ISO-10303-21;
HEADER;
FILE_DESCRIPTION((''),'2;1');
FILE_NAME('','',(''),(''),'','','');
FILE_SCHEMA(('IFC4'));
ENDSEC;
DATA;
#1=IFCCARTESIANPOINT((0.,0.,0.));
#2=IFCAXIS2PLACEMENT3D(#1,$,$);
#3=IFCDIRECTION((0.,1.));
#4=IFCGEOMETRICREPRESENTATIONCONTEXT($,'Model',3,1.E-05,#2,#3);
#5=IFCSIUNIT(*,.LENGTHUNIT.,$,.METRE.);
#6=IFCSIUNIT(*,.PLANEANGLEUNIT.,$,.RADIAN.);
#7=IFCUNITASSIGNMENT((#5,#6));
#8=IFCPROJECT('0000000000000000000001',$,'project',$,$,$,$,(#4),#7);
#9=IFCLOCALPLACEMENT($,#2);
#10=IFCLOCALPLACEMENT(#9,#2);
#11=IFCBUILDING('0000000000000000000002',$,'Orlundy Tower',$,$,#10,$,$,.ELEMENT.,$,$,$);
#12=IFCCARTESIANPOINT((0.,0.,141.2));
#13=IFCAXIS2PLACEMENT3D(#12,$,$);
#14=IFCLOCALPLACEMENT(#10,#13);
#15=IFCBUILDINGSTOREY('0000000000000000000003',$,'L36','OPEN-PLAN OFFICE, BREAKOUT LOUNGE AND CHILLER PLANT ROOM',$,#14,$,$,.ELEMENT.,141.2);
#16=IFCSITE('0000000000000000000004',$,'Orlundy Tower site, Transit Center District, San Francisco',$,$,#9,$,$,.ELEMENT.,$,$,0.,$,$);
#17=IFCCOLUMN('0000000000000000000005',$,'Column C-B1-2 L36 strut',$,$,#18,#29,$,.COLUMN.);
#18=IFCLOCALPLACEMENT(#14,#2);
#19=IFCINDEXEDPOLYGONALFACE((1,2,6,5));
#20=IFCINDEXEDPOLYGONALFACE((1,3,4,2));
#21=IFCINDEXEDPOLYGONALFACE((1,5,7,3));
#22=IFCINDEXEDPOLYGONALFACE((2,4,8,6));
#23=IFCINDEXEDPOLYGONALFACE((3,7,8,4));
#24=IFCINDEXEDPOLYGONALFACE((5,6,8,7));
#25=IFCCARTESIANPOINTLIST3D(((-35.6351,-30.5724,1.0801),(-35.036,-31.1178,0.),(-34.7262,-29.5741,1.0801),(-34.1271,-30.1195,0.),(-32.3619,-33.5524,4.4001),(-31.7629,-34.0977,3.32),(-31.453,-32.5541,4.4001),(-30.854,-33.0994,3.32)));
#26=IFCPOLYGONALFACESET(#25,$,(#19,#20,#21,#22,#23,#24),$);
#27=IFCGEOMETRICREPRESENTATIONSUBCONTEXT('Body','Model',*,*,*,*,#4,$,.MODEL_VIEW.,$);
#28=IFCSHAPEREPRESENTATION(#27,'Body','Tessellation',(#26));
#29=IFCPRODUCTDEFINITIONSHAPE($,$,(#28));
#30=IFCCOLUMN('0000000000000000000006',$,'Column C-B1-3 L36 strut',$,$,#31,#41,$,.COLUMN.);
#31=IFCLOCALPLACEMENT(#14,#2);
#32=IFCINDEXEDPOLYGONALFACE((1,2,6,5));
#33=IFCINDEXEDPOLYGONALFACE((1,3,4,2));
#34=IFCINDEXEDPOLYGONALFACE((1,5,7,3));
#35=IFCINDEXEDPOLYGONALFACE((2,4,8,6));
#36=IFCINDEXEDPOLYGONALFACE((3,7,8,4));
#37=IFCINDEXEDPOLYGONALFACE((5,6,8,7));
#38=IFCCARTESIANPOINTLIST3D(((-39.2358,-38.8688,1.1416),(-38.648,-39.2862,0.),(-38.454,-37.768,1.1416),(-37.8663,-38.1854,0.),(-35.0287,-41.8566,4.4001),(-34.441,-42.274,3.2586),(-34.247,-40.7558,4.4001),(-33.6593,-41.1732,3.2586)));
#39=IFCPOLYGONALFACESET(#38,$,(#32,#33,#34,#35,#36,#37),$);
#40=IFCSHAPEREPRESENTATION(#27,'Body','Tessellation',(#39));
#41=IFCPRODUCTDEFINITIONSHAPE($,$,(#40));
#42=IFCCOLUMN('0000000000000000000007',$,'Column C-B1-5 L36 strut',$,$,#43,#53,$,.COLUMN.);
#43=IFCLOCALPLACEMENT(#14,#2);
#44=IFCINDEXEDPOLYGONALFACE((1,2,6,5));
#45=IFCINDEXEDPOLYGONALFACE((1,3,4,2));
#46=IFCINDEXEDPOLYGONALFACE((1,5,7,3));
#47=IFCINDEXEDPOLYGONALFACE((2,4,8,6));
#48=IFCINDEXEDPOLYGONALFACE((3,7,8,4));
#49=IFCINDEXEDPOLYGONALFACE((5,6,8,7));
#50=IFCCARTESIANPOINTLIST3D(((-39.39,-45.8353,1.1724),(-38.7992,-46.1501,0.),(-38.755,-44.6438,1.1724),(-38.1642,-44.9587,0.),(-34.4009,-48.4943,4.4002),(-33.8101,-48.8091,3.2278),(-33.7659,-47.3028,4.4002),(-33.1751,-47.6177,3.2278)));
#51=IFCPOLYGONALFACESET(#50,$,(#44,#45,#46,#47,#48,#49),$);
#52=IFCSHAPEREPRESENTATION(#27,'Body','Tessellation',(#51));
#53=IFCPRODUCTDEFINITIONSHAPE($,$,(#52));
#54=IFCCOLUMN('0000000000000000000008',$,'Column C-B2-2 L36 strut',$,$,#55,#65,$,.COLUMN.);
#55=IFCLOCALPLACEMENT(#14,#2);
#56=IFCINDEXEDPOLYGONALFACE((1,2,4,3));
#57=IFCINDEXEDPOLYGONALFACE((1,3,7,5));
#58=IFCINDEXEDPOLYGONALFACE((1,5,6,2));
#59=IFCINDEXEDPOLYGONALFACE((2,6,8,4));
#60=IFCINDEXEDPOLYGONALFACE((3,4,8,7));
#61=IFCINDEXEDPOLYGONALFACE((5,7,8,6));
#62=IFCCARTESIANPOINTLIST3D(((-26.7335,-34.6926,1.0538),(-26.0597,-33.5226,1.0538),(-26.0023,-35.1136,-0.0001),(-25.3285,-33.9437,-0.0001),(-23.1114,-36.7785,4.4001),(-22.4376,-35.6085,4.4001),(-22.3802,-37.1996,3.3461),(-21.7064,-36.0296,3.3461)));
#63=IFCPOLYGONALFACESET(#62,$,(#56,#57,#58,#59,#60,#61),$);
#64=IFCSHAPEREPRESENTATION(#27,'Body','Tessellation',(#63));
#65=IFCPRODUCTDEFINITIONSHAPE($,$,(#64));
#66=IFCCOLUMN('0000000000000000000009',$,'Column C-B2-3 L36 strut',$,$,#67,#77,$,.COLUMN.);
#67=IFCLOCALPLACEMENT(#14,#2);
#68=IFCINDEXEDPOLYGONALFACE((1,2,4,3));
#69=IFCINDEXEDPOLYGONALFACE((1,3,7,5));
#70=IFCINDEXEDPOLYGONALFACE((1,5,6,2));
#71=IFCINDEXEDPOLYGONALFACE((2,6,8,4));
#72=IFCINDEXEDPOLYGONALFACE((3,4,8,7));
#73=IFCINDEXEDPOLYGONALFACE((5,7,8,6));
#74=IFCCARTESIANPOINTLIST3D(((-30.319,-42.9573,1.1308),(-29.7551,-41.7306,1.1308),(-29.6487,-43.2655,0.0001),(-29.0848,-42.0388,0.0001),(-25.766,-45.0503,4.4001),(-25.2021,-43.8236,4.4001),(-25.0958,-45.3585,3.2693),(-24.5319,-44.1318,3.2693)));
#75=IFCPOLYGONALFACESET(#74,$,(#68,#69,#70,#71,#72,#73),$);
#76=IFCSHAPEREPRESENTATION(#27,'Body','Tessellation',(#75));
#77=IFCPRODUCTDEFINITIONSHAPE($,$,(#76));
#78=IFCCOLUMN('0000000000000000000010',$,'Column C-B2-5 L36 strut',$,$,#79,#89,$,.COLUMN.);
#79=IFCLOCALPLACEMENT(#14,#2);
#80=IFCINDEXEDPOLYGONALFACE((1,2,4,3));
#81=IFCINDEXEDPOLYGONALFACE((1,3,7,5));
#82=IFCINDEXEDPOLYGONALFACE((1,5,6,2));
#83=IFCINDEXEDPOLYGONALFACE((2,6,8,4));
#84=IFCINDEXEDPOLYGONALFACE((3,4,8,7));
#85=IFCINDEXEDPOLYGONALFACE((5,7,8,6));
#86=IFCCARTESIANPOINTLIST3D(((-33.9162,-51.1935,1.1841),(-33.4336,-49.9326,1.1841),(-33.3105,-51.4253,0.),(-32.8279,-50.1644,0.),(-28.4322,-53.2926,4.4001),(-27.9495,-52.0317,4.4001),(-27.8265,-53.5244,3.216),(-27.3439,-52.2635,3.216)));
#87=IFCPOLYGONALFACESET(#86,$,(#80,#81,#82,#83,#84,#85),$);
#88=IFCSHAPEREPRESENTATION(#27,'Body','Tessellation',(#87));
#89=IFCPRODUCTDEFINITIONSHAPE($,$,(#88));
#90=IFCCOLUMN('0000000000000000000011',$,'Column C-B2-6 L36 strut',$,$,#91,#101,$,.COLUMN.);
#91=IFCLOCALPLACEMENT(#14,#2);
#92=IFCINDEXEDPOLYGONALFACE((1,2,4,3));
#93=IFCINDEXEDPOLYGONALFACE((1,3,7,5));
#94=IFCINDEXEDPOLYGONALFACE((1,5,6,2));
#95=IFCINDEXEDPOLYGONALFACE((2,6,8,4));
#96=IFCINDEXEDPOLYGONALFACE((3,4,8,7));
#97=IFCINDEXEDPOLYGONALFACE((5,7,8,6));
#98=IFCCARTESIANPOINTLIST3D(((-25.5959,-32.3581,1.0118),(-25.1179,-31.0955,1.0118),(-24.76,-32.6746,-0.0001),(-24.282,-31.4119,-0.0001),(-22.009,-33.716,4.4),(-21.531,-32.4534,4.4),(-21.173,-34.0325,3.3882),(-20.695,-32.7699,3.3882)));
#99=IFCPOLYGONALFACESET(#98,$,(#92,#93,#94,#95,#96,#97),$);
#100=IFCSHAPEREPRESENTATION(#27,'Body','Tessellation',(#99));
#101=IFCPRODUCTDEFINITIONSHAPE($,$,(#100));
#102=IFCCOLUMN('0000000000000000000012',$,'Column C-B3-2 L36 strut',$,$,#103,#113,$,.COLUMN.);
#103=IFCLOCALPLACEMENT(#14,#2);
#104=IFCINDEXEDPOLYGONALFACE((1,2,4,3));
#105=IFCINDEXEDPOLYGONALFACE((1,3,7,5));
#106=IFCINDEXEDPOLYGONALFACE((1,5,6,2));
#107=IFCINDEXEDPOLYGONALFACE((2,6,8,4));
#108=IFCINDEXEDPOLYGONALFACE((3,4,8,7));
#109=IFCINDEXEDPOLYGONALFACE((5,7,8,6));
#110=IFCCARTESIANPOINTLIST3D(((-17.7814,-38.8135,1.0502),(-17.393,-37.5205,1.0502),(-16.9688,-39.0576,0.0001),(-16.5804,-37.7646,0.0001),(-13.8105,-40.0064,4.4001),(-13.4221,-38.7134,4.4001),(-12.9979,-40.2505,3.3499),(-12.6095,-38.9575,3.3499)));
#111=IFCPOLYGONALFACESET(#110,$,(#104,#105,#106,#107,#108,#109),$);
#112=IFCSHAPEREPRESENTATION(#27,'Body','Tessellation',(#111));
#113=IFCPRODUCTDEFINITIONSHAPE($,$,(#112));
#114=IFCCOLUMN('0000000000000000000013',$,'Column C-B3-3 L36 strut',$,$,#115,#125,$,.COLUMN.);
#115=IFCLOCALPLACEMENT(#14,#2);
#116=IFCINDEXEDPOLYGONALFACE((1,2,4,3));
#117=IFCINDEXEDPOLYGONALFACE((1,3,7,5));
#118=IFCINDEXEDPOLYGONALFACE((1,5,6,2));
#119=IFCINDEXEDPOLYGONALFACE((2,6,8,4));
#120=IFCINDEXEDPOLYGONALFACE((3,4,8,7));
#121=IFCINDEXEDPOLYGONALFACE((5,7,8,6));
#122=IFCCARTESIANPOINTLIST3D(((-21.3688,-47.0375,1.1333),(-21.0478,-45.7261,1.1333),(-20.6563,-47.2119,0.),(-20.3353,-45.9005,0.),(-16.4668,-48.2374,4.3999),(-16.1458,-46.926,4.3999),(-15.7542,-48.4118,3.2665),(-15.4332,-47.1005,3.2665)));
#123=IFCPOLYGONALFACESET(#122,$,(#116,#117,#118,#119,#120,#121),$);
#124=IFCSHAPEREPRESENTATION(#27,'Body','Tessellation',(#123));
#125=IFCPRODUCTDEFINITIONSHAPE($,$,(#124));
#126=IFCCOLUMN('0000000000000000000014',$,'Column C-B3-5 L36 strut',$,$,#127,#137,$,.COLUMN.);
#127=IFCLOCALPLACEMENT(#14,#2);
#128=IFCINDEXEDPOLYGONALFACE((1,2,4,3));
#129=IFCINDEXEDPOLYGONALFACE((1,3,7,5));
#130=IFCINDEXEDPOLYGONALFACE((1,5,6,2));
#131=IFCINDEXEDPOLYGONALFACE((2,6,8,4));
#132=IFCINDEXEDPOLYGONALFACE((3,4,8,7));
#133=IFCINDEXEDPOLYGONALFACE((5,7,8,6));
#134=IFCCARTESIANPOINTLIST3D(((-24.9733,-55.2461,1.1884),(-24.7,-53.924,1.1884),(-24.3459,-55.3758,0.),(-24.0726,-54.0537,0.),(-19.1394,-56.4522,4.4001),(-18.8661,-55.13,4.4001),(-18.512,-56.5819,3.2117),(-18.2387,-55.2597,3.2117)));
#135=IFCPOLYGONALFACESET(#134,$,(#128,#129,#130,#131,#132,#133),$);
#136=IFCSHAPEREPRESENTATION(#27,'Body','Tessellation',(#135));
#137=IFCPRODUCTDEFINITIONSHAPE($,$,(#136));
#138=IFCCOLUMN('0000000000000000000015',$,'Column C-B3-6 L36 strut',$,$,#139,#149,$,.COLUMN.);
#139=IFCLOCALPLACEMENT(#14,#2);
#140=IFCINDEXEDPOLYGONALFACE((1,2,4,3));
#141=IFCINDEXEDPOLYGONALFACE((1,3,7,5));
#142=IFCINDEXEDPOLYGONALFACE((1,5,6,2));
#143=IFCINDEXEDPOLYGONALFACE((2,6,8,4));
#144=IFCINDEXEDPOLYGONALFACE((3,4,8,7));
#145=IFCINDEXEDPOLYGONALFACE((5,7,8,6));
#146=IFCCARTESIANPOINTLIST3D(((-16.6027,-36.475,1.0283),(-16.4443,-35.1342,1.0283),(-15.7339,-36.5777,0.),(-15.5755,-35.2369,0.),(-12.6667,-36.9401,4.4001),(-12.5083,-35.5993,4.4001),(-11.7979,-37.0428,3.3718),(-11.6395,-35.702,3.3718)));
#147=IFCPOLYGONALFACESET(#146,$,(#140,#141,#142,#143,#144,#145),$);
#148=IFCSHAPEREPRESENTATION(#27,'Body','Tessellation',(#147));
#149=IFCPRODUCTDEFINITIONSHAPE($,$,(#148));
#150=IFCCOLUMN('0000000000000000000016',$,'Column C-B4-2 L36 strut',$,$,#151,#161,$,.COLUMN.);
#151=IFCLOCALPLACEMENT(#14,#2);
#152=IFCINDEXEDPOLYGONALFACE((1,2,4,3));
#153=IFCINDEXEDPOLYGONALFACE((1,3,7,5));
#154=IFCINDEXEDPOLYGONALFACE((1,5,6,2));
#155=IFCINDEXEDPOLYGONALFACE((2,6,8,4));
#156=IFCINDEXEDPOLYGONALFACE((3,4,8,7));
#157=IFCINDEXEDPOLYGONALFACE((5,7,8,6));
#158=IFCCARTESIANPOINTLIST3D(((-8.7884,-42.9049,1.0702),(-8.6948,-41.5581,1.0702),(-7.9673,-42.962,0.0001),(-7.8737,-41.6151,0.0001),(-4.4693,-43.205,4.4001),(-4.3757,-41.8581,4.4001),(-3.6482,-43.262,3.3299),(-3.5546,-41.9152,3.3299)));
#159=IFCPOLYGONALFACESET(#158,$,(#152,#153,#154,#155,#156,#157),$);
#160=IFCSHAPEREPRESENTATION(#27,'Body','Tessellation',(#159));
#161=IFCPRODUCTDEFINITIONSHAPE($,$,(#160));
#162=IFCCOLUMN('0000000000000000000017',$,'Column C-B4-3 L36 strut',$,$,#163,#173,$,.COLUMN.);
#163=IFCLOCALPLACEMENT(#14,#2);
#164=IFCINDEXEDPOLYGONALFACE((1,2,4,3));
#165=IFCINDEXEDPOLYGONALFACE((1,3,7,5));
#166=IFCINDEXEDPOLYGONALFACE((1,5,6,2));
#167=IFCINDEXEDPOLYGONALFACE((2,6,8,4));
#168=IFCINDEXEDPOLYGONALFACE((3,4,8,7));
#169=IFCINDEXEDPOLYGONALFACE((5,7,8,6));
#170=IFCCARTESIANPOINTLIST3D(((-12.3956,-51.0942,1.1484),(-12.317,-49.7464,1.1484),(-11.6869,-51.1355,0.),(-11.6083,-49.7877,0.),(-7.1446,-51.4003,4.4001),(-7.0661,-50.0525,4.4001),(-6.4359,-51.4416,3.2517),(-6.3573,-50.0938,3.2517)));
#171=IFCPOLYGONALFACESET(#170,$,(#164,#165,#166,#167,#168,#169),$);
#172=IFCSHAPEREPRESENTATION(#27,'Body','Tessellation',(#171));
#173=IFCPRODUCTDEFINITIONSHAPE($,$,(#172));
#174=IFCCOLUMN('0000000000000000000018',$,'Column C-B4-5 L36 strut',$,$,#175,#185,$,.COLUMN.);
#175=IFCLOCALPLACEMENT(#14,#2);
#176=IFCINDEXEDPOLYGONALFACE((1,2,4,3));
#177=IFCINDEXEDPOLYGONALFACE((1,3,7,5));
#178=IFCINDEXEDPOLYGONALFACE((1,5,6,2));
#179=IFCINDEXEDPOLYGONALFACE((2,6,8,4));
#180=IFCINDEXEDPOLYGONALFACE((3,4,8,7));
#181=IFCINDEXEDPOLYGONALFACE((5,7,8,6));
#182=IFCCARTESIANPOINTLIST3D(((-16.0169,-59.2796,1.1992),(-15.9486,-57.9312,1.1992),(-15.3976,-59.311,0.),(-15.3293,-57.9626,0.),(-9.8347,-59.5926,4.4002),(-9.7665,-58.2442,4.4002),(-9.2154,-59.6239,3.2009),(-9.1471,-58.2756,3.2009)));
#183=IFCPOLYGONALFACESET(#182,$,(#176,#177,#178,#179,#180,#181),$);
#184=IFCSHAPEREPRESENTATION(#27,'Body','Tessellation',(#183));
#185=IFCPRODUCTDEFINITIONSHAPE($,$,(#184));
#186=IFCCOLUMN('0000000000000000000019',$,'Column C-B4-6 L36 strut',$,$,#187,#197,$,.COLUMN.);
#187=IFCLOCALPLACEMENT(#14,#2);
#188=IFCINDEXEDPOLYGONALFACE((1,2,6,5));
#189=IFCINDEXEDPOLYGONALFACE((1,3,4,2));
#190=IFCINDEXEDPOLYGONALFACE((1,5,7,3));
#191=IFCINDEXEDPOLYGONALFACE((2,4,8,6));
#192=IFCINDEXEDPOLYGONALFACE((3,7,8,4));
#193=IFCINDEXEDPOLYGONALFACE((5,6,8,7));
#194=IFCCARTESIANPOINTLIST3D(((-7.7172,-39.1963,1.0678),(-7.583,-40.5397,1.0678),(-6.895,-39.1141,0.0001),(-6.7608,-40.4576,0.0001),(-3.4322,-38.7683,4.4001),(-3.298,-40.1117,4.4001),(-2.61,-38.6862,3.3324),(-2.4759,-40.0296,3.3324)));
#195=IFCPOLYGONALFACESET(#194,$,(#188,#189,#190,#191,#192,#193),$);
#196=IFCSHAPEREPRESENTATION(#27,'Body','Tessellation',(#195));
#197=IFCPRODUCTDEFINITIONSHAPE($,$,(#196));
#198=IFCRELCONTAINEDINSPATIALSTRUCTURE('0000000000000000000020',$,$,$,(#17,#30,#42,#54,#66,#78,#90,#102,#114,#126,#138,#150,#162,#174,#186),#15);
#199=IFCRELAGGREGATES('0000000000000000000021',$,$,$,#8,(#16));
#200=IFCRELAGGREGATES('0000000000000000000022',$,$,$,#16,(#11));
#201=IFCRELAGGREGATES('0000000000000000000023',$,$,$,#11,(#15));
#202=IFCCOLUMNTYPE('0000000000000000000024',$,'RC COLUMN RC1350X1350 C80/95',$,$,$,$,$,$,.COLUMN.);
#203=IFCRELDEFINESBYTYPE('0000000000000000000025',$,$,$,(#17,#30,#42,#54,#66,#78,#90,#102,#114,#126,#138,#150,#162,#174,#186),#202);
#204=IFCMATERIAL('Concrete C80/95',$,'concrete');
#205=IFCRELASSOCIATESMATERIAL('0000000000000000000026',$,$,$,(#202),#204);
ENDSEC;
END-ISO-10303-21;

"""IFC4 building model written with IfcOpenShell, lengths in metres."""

from ifc_helpers import new_model, si_unit, direction, frame, origin, origin_2d, place, context, subcontext, project, spatial, rectangle, extrude, material, material_profile, profile_set, type_object, element, save


model = new_model("IFC4")

# Units and contexts
model_context = context("Model", 3, precision=1e-05, world=origin(), true_north=direction((0.0, 1.0)))
body_context = subcontext(model_context, "Body", "Model", "MODEL_VIEW")
ifc_project = project(units=[si_unit("LENGTHUNIT", "METRE"), si_unit("PLANEANGLEUNIT", "RADIAN")], contexts=[model_context])

# Site, building, storey
site_placement = place(None, origin())
site = spatial("IfcSite", under=ifc_project, at=site_placement, Name="Orlundy Tower site, Transit Center District, San Francisco", CompositionType="ELEMENT", RefElevation=0.0)
building_placement = place(site_placement, origin())
building = spatial("IfcBuilding", under=site, at=building_placement, Name="Orlundy Tower", CompositionType="ELEMENT")
storey_placement = place(building_placement, frame((0.0, 0.0, 141.2)))
storey = spatial("IfcBuildingStorey", under=building, at=storey_placement, Name="L36", Description="OPEN-PLAN OFFICE, BREAKOUT LOUNGE AND CHILLER PLANT ROOM", CompositionType="ELEMENT", Elevation=141.2)

# Columns
ifc_material_1 = material(Name="Concrete C80/95", Category="concrete")
ifc_material_profile_1 = material_profile(ifc_material_1, rectangle(XDim=1.3501, YDim=1.3501, at=origin_2d()), Name="RC1350X1350")
ifc_profile_set_1 = profile_set([ifc_material_profile_1], Name="Concrete C80/95")
column_type = type_object("IfcColumnType", Name="RC COLUMN RC1350X1350 C80/95", PredefinedType="COLUMN", material=ifc_profile_set_1)
column_1_placement = place(storey_placement, frame((-34.8811, -30.3459, 0.54), z_axis=(0.591549, -0.538558, 0.600021), x_axis=(0.673211, 0.739451, 0.0)))
element("IfcColumn", 1, at=column_1_placement, inside=storey, type_object=column_type, Name="Column C-B1-2 L36 strut", PredefinedType="COLUMN", context=body_context, shape_type="SweptSolid", body=[
    extrude(rectangle(XDim=1.3501, YDim=1.3501, at=origin_2d()), origin(), (0.0, 0.0, 1.0), 5.5332),
])
column_2_placement = place(storey_placement, frame((-38.551, -38.5271, 0.5708), z_axis=(0.689361, -0.489578, 0.533943), x_axis=(0.579025, 0.81531, 0.0)))
element("IfcColumn", 2, at=column_2_placement, inside=storey, type_object=column_type, Name="Column C-B1-3 L36 strut", PredefinedType="COLUMN", context=body_context, shape_type="SweptSolid", body=[
    extrude(rectangle(XDim=1.3501, YDim=1.3501, at=origin_2d()), origin(), (0.0, 0.0, 1.0), 6.1028),
])
column_3_placement = place(storey_placement, frame((-38.7771, -45.397, 0.5862), z_axis=(0.766373, -0.408445, 0.495827), x_axis=(0.47033, 0.88249, 0.0)))
element("IfcColumn", 3, at=column_3_placement, inside=storey, type_object=column_type, Name="Column C-B1-5 L36 strut", PredefinedType="COLUMN", context=body_context, shape_type="SweptSolid", body=[
    extrude(rectangle(XDim=1.3501, YDim=1.3501, at=origin_2d()), origin(), (0.0, 0.0, 1.0), 6.51),
])
column_4_placement = place(storey_placement, frame((-26.031, -34.3181, 0.5269), z_axis=(0.676491, -0.389589, 0.624965), x_axis=(0.499055, 0.86657, 0.0)))
element("IfcColumn", 4, at=column_4_placement, inside=storey, type_object=column_type, Name="Column C-B2-2 L36 strut", PredefinedType="COLUMN", context=body_context, shape_type="SweptSolid", body=[
    extrude(rectangle(XDim=1.3501, YDim=1.3501, at=origin_2d()), origin(), (0.0, 0.0, 1.0), 5.3542),
])
column_5_placement = place(storey_placement, frame((-29.7019, -42.498, 0.5654), z_axis=(0.760962, -0.349816, 0.546412), x_axis=(0.417683, 0.908593, 0.0)))
element("IfcColumn", 5, at=column_5_placement, inside=storey, type_object=column_type, Name="Column C-B2-3 L36 strut", PredefinedType="COLUMN", context=body_context, shape_type="SweptSolid", body=[
    extrude(rectangle(XDim=1.3501, YDim=1.3501, at=origin_2d()), origin(), (0.0, 0.0, 1.0), 5.9832),
])
column_6_placement = place(storey_placement, frame((-33.3721, -50.679, 0.592), z_axis=(0.81912, -0.313528, 0.480357), x_axis=(0.357471, 0.933924, 0.0)))
element("IfcColumn", 6, at=column_6_placement, inside=storey, type_object=column_type, Name="Column C-B2-5 L36 strut", PredefinedType="COLUMN", context=body_context, shape_type="SweptSolid", body=[
    extrude(rectangle(XDim=1.3501, YDim=1.3501, at=origin_2d()), origin(), (0.0, 0.0, 1.0), 6.6951),
])
column_7_placement = place(storey_placement, frame((-24.939, -31.885, 0.5059), z_axis=(0.7009, -0.265342, 0.662067), x_axis=(0.354052, 0.935226, 0.0)))
element("IfcColumn", 7, at=column_7_placement, inside=storey, type_object=column_type, Name="Column C-B2-6 L36 strut", PredefinedType="COLUMN", context=body_context, shape_type="SweptSolid", body=[
    extrude(rectangle(XDim=1.3501, YDim=1.3501, at=origin_2d()), origin(), (0.0, 0.0, 1.0), 5.1177),
])
column_8_placement = place(storey_placement, frame((-17.1809, -38.2891, 0.5251), z_axis=(0.744966, -0.223788, 0.628446), x_axis=(0.287699, 0.957721, 0.0)))
element("IfcColumn", 8, at=column_8_placement, inside=storey, type_object=column_type, Name="Column C-B3-2 L36 strut", PredefinedType="COLUMN", context=body_context, shape_type="SweptSolid", body=[
    extrude(rectangle(XDim=1.3501, YDim=1.3501, at=origin_2d()), origin(), (0.0, 0.0, 1.0), 5.3303),
])
column_9_placement = place(storey_placement, frame((-20.8521, -46.469, 0.5667), z_axis=(0.81542, -0.199601, 0.543369), x_axis=(0.237763, 0.971323, 0.0)))
element("IfcColumn", 9, at=column_9_placement, inside=storey, type_object=column_type, Name="Column C-B3-3 L36 strut", PredefinedType="COLUMN", context=body_context, shape_type="SweptSolid", body=[
    extrude(rectangle(XDim=1.3501, YDim=1.3501, at=origin_2d()), origin(), (0.0, 0.0, 1.0), 6.0117),
])
column_10_placement = place(storey_placement, frame((-24.5229, -54.6499, 0.5942), z_axis=(0.862005, -0.178202, 0.474543), x_axis=(0.202448, 0.979293, 0.0)))
element("IfcColumn", 10, at=column_10_placement, inside=storey, type_object=column_type, Name="Column C-B3-5 L36 strut", PredefinedType="COLUMN", context=body_context, shape_type="SweptSolid", body=[
    extrude(rectangle(XDim=1.3501, YDim=1.3501, at=origin_2d()), origin(), (0.0, 0.0, 1.0), 6.7678),
])
column_11_placement = place(storey_placement, frame((-16.0891, -35.856, 0.5142), z_axis=(0.7564, -0.089377, 0.647974), x_axis=(0.117345, 0.993091, 0.0)))
element("IfcColumn", 11, at=column_11_placement, inside=storey, type_object=column_type, Name="Column C-B3-6 L36 strut", PredefinedType="COLUMN", context=body_context, shape_type="SweptSolid", body=[
    extrude(rectangle(XDim=1.3501, YDim=1.3501, at=origin_2d()), origin(), (0.0, 0.0, 1.0), 5.2036),
])
column_12_placement = place(storey_placement, frame((-8.3311, -42.26, 0.5352), z_axis=(0.790767, -0.054935, 0.609647), x_axis=(0.069303, 0.997596, 0.0)))
element("IfcColumn", 12, at=column_12_placement, inside=storey, type_object=column_type, Name="Column C-B4-2 L36 strut", PredefinedType="COLUMN", context=body_context, shape_type="SweptSolid", body=[
    extrude(rectangle(XDim=1.3501, YDim=1.3501, at=origin_2d()), origin(), (0.0, 0.0, 1.0), 5.4619),
])
column_13_placement = place(storey_placement, frame((-12.002, -50.4409, 0.5742), z_axis=(0.849143, -0.049508, 0.525838), x_axis=(0.058205, 0.998305, 0.0)))
element("IfcColumn", 13, at=column_13_placement, inside=storey, type_object=column_type, Name="Column C-B4-3 L36 strut", PredefinedType="COLUMN", context=body_context, shape_type="SweptSolid", body=[
    extrude(rectangle(XDim=1.3501, YDim=1.3501, at=origin_2d()), origin(), (0.0, 0.0, 1.0), 6.1838),
])
column_14_placement = place(storey_placement, frame((-15.6731, -58.6211, 0.5996), z_axis=(0.887129, -0.044914, 0.45933), x_axis=(0.050563, 0.998721, 0.0)))
element("IfcColumn", 14, at=column_14_placement, inside=storey, type_object=column_type, Name="Column C-B4-5 L36 strut", PredefinedType="COLUMN", context=body_context, shape_type="SweptSolid", body=[
    extrude(rectangle(XDim=1.3501, YDim=1.3501, at=origin_2d()), origin(), (0.0, 0.0, 1.0), 6.9688),
])
column_15_placement = place(storey_placement, frame((-7.239, -39.8269, 0.5339), z_axis=(0.786949, 0.078601, 0.611992), x_axis=(-0.099386, 0.995049, 0.0)))
element("IfcColumn", 15, at=column_15_placement, inside=storey, type_object=column_type, Name="Column C-B4-6 L36 strut", PredefinedType="COLUMN", context=body_context, shape_type="SweptSolid", body=[
    extrude(rectangle(XDim=1.3501, YDim=1.3501, at=origin_2d()), origin(), (0.0, 0.0, 1.0), 5.4451),
])

save(model, "model.ifc")
